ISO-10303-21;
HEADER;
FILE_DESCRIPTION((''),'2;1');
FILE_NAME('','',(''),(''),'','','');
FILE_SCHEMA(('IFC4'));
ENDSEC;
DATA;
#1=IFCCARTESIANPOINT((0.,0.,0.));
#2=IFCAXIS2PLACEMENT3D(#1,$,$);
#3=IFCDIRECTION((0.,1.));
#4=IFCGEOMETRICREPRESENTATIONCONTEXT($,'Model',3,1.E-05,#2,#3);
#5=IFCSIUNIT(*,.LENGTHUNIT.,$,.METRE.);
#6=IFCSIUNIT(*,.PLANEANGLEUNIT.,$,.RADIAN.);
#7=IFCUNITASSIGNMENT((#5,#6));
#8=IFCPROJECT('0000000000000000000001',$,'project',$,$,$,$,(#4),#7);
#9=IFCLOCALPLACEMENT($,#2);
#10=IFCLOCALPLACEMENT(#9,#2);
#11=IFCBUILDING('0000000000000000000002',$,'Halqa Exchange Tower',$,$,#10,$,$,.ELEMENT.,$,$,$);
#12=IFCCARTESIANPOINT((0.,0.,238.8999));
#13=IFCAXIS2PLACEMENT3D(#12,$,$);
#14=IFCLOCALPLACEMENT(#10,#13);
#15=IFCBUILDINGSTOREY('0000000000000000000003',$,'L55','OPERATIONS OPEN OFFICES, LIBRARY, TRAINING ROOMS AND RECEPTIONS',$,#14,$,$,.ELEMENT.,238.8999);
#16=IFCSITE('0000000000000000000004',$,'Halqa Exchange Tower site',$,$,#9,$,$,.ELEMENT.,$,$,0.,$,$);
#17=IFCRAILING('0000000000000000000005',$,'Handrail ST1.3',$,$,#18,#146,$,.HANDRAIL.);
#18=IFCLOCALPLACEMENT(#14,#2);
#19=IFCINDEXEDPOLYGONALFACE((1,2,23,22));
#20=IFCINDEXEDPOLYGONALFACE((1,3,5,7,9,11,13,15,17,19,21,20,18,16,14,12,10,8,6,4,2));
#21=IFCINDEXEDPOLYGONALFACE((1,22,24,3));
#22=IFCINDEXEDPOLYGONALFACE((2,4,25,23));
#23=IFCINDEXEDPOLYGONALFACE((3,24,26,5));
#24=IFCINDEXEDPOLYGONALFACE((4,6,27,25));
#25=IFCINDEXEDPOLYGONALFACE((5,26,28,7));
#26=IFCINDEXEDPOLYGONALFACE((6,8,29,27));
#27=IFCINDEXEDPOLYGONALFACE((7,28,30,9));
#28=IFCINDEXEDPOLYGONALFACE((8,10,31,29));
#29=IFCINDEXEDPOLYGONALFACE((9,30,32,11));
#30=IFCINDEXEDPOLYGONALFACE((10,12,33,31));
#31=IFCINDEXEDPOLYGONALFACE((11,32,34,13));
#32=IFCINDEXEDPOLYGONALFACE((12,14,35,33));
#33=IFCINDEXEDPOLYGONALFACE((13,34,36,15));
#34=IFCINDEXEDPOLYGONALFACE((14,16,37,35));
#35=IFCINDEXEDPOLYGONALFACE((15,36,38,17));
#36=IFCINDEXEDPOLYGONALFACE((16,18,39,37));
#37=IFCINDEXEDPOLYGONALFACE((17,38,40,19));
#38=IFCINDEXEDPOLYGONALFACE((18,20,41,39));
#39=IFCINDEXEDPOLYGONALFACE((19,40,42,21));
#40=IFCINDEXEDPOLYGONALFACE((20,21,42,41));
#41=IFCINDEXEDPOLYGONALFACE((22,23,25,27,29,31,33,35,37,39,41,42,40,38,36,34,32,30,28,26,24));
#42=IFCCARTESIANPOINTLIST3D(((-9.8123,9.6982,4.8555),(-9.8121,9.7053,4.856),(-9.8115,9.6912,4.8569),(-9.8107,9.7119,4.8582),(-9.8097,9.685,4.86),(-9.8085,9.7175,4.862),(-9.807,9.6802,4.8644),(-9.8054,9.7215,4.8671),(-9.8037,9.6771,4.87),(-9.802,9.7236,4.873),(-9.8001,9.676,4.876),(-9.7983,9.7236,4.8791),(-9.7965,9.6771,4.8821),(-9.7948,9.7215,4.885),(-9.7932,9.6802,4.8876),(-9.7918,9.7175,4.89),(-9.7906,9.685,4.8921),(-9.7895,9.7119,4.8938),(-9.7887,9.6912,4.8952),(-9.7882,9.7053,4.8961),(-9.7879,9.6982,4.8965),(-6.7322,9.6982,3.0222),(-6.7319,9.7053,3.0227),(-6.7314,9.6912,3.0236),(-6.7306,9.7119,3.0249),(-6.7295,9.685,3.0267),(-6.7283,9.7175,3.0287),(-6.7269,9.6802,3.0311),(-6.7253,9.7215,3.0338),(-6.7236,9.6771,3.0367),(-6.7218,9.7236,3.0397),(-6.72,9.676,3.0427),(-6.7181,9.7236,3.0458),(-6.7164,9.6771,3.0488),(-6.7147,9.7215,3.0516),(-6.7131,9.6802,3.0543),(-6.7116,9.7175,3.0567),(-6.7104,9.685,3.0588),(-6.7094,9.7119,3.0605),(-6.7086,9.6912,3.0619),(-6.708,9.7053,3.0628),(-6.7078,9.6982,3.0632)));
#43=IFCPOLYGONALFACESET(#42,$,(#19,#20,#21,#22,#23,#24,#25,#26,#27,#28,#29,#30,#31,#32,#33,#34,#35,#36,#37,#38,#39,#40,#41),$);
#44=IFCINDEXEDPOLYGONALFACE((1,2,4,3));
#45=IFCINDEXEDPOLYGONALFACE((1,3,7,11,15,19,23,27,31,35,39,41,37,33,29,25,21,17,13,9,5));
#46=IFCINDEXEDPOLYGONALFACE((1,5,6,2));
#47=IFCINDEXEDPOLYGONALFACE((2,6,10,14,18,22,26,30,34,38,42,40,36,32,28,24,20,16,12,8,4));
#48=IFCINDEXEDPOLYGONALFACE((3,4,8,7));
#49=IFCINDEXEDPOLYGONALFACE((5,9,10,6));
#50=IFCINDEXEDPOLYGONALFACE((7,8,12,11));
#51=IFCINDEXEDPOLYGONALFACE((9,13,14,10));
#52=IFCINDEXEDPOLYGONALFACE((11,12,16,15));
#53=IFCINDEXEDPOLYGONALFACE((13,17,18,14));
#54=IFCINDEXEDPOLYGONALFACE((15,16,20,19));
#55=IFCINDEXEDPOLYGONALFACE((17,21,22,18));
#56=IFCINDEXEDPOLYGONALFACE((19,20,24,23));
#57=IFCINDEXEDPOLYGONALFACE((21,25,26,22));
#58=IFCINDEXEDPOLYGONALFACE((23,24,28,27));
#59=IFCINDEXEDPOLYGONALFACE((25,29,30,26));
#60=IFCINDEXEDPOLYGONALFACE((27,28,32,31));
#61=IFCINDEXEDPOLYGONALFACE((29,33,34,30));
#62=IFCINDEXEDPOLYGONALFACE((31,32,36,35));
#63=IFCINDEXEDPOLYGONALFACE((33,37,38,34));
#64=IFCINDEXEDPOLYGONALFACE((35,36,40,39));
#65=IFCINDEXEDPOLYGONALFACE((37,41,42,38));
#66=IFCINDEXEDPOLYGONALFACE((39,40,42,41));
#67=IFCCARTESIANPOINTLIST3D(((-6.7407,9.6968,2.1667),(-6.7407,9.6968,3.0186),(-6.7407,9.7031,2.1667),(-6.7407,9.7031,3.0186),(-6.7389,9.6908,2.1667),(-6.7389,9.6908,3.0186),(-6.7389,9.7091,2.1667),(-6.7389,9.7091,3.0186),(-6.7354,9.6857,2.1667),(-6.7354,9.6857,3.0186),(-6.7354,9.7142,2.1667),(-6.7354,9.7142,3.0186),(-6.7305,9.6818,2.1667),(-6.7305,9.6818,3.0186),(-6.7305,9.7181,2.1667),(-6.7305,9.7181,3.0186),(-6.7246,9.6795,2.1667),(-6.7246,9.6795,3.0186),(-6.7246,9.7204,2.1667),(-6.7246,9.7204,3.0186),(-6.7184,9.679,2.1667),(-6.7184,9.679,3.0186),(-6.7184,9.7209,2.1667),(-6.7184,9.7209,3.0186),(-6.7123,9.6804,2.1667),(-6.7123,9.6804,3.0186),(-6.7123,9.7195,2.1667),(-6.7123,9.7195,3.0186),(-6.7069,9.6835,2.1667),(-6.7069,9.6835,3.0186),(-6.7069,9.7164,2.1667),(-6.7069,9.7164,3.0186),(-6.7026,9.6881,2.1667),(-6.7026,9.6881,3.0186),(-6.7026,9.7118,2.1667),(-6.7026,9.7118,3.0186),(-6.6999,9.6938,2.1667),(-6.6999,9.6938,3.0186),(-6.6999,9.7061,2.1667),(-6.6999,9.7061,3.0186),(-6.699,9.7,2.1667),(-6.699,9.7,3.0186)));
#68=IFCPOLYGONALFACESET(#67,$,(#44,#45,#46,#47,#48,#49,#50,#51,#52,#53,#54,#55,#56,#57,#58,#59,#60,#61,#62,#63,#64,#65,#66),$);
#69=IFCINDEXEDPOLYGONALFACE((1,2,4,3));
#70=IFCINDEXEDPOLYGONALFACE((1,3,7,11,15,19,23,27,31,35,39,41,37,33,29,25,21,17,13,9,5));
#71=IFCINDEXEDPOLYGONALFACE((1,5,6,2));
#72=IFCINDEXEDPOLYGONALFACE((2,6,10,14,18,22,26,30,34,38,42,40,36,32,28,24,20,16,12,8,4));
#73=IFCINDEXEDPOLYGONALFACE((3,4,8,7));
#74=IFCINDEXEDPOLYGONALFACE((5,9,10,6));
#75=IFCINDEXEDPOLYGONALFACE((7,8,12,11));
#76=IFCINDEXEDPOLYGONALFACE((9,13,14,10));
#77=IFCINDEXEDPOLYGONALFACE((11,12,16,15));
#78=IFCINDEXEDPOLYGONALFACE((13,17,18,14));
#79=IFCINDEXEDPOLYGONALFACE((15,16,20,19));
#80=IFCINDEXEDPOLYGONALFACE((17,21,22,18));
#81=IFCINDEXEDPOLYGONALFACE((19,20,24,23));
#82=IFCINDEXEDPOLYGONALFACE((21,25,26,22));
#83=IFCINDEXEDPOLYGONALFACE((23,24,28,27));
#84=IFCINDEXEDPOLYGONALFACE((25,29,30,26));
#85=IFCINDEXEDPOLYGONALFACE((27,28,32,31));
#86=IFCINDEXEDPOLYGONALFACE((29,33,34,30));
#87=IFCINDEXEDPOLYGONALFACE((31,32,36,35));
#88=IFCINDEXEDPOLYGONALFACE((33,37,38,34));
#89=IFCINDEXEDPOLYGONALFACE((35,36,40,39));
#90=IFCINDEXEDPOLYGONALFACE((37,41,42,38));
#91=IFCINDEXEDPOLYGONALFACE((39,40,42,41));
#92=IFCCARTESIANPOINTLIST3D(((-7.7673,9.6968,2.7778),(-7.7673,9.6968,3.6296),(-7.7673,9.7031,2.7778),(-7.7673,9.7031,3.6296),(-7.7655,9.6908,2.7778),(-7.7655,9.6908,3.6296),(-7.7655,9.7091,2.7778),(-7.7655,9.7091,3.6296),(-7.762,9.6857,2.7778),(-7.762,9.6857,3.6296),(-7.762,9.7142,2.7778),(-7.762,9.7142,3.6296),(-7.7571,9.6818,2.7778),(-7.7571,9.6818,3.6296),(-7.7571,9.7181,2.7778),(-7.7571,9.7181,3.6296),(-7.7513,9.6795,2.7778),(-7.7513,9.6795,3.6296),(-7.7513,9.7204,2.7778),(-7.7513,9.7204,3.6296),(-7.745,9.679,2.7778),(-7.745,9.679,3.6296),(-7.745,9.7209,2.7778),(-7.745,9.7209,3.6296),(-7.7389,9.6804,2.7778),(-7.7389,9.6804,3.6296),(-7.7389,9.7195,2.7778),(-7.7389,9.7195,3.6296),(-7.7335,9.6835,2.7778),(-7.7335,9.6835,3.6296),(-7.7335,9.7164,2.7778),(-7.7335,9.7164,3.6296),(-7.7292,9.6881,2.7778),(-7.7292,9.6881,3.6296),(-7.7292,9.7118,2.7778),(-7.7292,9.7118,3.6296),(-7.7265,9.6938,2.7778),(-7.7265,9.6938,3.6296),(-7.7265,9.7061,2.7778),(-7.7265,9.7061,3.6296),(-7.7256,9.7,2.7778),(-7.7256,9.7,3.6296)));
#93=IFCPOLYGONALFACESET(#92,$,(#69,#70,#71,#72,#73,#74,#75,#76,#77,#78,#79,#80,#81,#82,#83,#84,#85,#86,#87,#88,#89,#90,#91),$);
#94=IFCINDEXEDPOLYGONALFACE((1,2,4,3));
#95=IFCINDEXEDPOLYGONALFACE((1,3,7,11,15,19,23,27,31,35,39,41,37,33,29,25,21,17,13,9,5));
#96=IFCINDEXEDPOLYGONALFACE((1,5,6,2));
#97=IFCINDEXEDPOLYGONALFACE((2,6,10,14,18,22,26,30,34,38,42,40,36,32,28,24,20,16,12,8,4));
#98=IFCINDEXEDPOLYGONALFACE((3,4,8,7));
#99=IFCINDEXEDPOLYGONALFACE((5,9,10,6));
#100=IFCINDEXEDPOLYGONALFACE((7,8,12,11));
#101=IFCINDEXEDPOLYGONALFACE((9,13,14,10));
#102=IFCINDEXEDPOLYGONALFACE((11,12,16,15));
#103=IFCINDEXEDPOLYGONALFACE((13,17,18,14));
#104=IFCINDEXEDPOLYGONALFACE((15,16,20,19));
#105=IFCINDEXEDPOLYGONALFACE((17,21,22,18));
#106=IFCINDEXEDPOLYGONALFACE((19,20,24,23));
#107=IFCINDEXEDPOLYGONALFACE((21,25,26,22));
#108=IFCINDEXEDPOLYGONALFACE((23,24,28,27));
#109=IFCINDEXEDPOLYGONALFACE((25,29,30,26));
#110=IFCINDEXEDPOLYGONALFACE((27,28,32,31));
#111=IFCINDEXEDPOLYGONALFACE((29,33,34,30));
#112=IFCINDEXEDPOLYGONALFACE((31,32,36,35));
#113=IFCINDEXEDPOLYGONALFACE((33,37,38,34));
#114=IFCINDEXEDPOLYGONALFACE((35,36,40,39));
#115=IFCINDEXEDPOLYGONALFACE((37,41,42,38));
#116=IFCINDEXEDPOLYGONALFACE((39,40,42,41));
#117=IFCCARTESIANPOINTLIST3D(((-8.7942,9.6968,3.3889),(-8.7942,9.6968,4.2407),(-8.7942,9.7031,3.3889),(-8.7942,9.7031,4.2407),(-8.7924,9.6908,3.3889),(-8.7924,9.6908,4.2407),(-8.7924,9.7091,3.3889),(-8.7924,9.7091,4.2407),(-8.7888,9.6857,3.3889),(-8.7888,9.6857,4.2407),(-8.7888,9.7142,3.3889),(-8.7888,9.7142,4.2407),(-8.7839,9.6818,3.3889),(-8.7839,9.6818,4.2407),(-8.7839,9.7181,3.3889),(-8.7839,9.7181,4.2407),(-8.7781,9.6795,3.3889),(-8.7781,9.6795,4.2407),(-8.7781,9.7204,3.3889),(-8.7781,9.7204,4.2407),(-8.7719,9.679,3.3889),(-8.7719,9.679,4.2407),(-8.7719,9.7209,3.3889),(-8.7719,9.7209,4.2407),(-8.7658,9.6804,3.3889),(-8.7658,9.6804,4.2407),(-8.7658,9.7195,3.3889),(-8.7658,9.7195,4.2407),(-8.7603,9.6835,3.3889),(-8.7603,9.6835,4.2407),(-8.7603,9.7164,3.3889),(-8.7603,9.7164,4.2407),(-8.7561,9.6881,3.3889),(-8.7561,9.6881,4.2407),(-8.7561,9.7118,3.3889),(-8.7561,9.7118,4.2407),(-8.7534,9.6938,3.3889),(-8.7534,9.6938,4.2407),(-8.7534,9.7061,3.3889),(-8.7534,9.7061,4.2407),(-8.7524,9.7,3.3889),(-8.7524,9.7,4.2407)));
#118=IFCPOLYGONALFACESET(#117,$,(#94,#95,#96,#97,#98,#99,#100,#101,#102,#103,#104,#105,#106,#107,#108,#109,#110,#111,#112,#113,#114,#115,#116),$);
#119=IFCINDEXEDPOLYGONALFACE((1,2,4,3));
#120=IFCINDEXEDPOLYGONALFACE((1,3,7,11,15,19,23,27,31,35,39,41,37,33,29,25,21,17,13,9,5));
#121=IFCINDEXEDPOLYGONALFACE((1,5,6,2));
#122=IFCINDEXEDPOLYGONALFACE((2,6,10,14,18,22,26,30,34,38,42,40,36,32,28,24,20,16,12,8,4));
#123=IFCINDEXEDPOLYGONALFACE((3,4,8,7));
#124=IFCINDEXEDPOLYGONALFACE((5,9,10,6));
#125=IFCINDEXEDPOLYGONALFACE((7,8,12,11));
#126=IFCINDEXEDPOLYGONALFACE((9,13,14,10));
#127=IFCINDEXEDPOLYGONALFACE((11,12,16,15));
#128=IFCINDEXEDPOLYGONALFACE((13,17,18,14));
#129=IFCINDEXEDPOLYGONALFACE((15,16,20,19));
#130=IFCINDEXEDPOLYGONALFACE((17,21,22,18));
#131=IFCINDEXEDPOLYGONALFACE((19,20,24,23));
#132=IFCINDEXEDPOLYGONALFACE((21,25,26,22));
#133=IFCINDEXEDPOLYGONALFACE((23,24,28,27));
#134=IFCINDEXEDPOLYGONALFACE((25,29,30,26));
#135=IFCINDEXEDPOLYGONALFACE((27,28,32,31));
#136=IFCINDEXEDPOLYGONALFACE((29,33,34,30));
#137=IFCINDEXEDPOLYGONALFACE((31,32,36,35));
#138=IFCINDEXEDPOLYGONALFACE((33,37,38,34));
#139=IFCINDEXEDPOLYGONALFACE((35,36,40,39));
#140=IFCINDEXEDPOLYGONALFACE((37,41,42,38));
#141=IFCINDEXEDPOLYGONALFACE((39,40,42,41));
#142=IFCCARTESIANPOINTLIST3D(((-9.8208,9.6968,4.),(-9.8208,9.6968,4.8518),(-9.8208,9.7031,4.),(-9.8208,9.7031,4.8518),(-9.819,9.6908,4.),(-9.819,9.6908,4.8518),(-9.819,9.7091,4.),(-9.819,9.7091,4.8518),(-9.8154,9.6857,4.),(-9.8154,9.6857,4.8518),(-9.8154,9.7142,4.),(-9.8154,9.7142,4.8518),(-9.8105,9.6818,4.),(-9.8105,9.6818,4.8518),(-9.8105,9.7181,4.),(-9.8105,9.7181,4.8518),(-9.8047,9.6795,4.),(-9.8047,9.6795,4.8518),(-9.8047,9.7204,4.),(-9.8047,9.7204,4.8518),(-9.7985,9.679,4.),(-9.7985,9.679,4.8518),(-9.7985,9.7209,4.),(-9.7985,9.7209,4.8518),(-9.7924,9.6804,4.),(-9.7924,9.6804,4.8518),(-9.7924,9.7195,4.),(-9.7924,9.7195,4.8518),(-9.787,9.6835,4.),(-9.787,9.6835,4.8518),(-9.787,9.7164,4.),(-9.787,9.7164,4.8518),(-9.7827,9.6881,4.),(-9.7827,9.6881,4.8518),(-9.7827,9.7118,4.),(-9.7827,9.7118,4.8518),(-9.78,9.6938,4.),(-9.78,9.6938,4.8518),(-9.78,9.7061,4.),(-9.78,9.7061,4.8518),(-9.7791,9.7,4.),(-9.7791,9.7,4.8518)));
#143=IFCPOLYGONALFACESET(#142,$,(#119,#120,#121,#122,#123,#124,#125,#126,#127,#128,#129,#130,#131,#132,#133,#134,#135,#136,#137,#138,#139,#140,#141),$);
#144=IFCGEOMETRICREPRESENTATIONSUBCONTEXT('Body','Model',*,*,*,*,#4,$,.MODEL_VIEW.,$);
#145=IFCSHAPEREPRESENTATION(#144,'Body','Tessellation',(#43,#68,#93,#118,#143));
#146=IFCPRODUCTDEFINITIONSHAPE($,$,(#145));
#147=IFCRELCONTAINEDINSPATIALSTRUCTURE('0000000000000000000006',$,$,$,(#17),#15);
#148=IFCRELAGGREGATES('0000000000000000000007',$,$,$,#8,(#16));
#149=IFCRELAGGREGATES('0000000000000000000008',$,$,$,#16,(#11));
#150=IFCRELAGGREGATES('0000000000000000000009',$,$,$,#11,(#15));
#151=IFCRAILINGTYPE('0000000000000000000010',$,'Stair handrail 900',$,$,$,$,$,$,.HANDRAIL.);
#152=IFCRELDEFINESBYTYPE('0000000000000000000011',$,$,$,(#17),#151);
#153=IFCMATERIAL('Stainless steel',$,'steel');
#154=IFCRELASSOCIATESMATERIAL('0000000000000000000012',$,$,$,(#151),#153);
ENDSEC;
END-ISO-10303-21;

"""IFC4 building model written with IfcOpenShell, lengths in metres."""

from ifc_helpers import new_model, si_unit, direction, frame, origin, origin_2d, place, context, subcontext, project, spatial, circle, extrude, material, type_object, element, save


model = new_model("IFC4")

# Units and contexts
model_context = context("Model", 3, precision=1e-05, world=origin(), true_north=direction((0.0, 1.0)))
body_context = subcontext(model_context, "Body", "Model", "MODEL_VIEW")
ifc_project = project(units=[si_unit("LENGTHUNIT", "METRE"), si_unit("PLANEANGLEUNIT", "RADIAN")], contexts=[model_context])

# Site, building, storey
site_placement = place(None, origin())
site = spatial("IfcSite", under=ifc_project, at=site_placement, Name="Halqa Exchange Tower site", CompositionType="ELEMENT", RefElevation=0.0)
building_placement = place(site_placement, origin())
building = spatial("IfcBuilding", under=site, at=building_placement, Name="Halqa Exchange Tower", CompositionType="ELEMENT")
storey_placement = place(building_placement, frame((0.0, 0.0, 238.8999)))
storey = spatial("IfcBuildingStorey", under=building, at=storey_placement, Name="L55", Description="OPERATIONS OPEN OFFICES, LIBRARY, TRAINING ROOMS AND RECEPTIONS", CompositionType="ELEMENT", Elevation=238.8999)

# Railing
ifc_material_1 = material(Name="Stainless steel", Category="steel")
railing_type_1 = type_object("IfcRailingType", Name="Stair handrail 900", PredefinedType="HANDRAIL", material=ifc_material_1)
railing_1_placement = place(storey_placement, frame((-6.72, 9.7, 2.1667)))
element("IfcRailing", 1, at=railing_1_placement, inside=storey, type_object=railing_type_1, Name="Handrail ST1.3", PredefinedType="HANDRAIL", context=body_context, shape_type="SweptSolid", body=[
    extrude(circle(Radius=0.0239, at=origin_2d()), frame((0.0, 0.0, 0.876), z_axis=(-0.859309, 0.0, 0.511458), x_axis=(0.0, -1.0, 0.0)), (0.0, 0.0, 1.0), 3.5845),
    extrude(circle(Radius=0.021, at=origin_2d()), origin(), (0.0, 0.0, 1.0), 0.8518),
    extrude(circle(Radius=0.021, at=origin_2d()), frame((-1.0266, 0.0, 0.6111)), (0.0, 0.0, 1.0), 0.8518),
    extrude(circle(Radius=0.021, at=origin_2d()), frame((-2.0535, 0.0, 1.2222)), (0.0, 0.0, 1.0), 0.8518),
    extrude(circle(Radius=0.021, at=origin_2d()), frame((-3.0801, 0.0, 1.8333)), (0.0, 0.0, 1.0), 0.8518),
])

save(model, "model.ifc")
